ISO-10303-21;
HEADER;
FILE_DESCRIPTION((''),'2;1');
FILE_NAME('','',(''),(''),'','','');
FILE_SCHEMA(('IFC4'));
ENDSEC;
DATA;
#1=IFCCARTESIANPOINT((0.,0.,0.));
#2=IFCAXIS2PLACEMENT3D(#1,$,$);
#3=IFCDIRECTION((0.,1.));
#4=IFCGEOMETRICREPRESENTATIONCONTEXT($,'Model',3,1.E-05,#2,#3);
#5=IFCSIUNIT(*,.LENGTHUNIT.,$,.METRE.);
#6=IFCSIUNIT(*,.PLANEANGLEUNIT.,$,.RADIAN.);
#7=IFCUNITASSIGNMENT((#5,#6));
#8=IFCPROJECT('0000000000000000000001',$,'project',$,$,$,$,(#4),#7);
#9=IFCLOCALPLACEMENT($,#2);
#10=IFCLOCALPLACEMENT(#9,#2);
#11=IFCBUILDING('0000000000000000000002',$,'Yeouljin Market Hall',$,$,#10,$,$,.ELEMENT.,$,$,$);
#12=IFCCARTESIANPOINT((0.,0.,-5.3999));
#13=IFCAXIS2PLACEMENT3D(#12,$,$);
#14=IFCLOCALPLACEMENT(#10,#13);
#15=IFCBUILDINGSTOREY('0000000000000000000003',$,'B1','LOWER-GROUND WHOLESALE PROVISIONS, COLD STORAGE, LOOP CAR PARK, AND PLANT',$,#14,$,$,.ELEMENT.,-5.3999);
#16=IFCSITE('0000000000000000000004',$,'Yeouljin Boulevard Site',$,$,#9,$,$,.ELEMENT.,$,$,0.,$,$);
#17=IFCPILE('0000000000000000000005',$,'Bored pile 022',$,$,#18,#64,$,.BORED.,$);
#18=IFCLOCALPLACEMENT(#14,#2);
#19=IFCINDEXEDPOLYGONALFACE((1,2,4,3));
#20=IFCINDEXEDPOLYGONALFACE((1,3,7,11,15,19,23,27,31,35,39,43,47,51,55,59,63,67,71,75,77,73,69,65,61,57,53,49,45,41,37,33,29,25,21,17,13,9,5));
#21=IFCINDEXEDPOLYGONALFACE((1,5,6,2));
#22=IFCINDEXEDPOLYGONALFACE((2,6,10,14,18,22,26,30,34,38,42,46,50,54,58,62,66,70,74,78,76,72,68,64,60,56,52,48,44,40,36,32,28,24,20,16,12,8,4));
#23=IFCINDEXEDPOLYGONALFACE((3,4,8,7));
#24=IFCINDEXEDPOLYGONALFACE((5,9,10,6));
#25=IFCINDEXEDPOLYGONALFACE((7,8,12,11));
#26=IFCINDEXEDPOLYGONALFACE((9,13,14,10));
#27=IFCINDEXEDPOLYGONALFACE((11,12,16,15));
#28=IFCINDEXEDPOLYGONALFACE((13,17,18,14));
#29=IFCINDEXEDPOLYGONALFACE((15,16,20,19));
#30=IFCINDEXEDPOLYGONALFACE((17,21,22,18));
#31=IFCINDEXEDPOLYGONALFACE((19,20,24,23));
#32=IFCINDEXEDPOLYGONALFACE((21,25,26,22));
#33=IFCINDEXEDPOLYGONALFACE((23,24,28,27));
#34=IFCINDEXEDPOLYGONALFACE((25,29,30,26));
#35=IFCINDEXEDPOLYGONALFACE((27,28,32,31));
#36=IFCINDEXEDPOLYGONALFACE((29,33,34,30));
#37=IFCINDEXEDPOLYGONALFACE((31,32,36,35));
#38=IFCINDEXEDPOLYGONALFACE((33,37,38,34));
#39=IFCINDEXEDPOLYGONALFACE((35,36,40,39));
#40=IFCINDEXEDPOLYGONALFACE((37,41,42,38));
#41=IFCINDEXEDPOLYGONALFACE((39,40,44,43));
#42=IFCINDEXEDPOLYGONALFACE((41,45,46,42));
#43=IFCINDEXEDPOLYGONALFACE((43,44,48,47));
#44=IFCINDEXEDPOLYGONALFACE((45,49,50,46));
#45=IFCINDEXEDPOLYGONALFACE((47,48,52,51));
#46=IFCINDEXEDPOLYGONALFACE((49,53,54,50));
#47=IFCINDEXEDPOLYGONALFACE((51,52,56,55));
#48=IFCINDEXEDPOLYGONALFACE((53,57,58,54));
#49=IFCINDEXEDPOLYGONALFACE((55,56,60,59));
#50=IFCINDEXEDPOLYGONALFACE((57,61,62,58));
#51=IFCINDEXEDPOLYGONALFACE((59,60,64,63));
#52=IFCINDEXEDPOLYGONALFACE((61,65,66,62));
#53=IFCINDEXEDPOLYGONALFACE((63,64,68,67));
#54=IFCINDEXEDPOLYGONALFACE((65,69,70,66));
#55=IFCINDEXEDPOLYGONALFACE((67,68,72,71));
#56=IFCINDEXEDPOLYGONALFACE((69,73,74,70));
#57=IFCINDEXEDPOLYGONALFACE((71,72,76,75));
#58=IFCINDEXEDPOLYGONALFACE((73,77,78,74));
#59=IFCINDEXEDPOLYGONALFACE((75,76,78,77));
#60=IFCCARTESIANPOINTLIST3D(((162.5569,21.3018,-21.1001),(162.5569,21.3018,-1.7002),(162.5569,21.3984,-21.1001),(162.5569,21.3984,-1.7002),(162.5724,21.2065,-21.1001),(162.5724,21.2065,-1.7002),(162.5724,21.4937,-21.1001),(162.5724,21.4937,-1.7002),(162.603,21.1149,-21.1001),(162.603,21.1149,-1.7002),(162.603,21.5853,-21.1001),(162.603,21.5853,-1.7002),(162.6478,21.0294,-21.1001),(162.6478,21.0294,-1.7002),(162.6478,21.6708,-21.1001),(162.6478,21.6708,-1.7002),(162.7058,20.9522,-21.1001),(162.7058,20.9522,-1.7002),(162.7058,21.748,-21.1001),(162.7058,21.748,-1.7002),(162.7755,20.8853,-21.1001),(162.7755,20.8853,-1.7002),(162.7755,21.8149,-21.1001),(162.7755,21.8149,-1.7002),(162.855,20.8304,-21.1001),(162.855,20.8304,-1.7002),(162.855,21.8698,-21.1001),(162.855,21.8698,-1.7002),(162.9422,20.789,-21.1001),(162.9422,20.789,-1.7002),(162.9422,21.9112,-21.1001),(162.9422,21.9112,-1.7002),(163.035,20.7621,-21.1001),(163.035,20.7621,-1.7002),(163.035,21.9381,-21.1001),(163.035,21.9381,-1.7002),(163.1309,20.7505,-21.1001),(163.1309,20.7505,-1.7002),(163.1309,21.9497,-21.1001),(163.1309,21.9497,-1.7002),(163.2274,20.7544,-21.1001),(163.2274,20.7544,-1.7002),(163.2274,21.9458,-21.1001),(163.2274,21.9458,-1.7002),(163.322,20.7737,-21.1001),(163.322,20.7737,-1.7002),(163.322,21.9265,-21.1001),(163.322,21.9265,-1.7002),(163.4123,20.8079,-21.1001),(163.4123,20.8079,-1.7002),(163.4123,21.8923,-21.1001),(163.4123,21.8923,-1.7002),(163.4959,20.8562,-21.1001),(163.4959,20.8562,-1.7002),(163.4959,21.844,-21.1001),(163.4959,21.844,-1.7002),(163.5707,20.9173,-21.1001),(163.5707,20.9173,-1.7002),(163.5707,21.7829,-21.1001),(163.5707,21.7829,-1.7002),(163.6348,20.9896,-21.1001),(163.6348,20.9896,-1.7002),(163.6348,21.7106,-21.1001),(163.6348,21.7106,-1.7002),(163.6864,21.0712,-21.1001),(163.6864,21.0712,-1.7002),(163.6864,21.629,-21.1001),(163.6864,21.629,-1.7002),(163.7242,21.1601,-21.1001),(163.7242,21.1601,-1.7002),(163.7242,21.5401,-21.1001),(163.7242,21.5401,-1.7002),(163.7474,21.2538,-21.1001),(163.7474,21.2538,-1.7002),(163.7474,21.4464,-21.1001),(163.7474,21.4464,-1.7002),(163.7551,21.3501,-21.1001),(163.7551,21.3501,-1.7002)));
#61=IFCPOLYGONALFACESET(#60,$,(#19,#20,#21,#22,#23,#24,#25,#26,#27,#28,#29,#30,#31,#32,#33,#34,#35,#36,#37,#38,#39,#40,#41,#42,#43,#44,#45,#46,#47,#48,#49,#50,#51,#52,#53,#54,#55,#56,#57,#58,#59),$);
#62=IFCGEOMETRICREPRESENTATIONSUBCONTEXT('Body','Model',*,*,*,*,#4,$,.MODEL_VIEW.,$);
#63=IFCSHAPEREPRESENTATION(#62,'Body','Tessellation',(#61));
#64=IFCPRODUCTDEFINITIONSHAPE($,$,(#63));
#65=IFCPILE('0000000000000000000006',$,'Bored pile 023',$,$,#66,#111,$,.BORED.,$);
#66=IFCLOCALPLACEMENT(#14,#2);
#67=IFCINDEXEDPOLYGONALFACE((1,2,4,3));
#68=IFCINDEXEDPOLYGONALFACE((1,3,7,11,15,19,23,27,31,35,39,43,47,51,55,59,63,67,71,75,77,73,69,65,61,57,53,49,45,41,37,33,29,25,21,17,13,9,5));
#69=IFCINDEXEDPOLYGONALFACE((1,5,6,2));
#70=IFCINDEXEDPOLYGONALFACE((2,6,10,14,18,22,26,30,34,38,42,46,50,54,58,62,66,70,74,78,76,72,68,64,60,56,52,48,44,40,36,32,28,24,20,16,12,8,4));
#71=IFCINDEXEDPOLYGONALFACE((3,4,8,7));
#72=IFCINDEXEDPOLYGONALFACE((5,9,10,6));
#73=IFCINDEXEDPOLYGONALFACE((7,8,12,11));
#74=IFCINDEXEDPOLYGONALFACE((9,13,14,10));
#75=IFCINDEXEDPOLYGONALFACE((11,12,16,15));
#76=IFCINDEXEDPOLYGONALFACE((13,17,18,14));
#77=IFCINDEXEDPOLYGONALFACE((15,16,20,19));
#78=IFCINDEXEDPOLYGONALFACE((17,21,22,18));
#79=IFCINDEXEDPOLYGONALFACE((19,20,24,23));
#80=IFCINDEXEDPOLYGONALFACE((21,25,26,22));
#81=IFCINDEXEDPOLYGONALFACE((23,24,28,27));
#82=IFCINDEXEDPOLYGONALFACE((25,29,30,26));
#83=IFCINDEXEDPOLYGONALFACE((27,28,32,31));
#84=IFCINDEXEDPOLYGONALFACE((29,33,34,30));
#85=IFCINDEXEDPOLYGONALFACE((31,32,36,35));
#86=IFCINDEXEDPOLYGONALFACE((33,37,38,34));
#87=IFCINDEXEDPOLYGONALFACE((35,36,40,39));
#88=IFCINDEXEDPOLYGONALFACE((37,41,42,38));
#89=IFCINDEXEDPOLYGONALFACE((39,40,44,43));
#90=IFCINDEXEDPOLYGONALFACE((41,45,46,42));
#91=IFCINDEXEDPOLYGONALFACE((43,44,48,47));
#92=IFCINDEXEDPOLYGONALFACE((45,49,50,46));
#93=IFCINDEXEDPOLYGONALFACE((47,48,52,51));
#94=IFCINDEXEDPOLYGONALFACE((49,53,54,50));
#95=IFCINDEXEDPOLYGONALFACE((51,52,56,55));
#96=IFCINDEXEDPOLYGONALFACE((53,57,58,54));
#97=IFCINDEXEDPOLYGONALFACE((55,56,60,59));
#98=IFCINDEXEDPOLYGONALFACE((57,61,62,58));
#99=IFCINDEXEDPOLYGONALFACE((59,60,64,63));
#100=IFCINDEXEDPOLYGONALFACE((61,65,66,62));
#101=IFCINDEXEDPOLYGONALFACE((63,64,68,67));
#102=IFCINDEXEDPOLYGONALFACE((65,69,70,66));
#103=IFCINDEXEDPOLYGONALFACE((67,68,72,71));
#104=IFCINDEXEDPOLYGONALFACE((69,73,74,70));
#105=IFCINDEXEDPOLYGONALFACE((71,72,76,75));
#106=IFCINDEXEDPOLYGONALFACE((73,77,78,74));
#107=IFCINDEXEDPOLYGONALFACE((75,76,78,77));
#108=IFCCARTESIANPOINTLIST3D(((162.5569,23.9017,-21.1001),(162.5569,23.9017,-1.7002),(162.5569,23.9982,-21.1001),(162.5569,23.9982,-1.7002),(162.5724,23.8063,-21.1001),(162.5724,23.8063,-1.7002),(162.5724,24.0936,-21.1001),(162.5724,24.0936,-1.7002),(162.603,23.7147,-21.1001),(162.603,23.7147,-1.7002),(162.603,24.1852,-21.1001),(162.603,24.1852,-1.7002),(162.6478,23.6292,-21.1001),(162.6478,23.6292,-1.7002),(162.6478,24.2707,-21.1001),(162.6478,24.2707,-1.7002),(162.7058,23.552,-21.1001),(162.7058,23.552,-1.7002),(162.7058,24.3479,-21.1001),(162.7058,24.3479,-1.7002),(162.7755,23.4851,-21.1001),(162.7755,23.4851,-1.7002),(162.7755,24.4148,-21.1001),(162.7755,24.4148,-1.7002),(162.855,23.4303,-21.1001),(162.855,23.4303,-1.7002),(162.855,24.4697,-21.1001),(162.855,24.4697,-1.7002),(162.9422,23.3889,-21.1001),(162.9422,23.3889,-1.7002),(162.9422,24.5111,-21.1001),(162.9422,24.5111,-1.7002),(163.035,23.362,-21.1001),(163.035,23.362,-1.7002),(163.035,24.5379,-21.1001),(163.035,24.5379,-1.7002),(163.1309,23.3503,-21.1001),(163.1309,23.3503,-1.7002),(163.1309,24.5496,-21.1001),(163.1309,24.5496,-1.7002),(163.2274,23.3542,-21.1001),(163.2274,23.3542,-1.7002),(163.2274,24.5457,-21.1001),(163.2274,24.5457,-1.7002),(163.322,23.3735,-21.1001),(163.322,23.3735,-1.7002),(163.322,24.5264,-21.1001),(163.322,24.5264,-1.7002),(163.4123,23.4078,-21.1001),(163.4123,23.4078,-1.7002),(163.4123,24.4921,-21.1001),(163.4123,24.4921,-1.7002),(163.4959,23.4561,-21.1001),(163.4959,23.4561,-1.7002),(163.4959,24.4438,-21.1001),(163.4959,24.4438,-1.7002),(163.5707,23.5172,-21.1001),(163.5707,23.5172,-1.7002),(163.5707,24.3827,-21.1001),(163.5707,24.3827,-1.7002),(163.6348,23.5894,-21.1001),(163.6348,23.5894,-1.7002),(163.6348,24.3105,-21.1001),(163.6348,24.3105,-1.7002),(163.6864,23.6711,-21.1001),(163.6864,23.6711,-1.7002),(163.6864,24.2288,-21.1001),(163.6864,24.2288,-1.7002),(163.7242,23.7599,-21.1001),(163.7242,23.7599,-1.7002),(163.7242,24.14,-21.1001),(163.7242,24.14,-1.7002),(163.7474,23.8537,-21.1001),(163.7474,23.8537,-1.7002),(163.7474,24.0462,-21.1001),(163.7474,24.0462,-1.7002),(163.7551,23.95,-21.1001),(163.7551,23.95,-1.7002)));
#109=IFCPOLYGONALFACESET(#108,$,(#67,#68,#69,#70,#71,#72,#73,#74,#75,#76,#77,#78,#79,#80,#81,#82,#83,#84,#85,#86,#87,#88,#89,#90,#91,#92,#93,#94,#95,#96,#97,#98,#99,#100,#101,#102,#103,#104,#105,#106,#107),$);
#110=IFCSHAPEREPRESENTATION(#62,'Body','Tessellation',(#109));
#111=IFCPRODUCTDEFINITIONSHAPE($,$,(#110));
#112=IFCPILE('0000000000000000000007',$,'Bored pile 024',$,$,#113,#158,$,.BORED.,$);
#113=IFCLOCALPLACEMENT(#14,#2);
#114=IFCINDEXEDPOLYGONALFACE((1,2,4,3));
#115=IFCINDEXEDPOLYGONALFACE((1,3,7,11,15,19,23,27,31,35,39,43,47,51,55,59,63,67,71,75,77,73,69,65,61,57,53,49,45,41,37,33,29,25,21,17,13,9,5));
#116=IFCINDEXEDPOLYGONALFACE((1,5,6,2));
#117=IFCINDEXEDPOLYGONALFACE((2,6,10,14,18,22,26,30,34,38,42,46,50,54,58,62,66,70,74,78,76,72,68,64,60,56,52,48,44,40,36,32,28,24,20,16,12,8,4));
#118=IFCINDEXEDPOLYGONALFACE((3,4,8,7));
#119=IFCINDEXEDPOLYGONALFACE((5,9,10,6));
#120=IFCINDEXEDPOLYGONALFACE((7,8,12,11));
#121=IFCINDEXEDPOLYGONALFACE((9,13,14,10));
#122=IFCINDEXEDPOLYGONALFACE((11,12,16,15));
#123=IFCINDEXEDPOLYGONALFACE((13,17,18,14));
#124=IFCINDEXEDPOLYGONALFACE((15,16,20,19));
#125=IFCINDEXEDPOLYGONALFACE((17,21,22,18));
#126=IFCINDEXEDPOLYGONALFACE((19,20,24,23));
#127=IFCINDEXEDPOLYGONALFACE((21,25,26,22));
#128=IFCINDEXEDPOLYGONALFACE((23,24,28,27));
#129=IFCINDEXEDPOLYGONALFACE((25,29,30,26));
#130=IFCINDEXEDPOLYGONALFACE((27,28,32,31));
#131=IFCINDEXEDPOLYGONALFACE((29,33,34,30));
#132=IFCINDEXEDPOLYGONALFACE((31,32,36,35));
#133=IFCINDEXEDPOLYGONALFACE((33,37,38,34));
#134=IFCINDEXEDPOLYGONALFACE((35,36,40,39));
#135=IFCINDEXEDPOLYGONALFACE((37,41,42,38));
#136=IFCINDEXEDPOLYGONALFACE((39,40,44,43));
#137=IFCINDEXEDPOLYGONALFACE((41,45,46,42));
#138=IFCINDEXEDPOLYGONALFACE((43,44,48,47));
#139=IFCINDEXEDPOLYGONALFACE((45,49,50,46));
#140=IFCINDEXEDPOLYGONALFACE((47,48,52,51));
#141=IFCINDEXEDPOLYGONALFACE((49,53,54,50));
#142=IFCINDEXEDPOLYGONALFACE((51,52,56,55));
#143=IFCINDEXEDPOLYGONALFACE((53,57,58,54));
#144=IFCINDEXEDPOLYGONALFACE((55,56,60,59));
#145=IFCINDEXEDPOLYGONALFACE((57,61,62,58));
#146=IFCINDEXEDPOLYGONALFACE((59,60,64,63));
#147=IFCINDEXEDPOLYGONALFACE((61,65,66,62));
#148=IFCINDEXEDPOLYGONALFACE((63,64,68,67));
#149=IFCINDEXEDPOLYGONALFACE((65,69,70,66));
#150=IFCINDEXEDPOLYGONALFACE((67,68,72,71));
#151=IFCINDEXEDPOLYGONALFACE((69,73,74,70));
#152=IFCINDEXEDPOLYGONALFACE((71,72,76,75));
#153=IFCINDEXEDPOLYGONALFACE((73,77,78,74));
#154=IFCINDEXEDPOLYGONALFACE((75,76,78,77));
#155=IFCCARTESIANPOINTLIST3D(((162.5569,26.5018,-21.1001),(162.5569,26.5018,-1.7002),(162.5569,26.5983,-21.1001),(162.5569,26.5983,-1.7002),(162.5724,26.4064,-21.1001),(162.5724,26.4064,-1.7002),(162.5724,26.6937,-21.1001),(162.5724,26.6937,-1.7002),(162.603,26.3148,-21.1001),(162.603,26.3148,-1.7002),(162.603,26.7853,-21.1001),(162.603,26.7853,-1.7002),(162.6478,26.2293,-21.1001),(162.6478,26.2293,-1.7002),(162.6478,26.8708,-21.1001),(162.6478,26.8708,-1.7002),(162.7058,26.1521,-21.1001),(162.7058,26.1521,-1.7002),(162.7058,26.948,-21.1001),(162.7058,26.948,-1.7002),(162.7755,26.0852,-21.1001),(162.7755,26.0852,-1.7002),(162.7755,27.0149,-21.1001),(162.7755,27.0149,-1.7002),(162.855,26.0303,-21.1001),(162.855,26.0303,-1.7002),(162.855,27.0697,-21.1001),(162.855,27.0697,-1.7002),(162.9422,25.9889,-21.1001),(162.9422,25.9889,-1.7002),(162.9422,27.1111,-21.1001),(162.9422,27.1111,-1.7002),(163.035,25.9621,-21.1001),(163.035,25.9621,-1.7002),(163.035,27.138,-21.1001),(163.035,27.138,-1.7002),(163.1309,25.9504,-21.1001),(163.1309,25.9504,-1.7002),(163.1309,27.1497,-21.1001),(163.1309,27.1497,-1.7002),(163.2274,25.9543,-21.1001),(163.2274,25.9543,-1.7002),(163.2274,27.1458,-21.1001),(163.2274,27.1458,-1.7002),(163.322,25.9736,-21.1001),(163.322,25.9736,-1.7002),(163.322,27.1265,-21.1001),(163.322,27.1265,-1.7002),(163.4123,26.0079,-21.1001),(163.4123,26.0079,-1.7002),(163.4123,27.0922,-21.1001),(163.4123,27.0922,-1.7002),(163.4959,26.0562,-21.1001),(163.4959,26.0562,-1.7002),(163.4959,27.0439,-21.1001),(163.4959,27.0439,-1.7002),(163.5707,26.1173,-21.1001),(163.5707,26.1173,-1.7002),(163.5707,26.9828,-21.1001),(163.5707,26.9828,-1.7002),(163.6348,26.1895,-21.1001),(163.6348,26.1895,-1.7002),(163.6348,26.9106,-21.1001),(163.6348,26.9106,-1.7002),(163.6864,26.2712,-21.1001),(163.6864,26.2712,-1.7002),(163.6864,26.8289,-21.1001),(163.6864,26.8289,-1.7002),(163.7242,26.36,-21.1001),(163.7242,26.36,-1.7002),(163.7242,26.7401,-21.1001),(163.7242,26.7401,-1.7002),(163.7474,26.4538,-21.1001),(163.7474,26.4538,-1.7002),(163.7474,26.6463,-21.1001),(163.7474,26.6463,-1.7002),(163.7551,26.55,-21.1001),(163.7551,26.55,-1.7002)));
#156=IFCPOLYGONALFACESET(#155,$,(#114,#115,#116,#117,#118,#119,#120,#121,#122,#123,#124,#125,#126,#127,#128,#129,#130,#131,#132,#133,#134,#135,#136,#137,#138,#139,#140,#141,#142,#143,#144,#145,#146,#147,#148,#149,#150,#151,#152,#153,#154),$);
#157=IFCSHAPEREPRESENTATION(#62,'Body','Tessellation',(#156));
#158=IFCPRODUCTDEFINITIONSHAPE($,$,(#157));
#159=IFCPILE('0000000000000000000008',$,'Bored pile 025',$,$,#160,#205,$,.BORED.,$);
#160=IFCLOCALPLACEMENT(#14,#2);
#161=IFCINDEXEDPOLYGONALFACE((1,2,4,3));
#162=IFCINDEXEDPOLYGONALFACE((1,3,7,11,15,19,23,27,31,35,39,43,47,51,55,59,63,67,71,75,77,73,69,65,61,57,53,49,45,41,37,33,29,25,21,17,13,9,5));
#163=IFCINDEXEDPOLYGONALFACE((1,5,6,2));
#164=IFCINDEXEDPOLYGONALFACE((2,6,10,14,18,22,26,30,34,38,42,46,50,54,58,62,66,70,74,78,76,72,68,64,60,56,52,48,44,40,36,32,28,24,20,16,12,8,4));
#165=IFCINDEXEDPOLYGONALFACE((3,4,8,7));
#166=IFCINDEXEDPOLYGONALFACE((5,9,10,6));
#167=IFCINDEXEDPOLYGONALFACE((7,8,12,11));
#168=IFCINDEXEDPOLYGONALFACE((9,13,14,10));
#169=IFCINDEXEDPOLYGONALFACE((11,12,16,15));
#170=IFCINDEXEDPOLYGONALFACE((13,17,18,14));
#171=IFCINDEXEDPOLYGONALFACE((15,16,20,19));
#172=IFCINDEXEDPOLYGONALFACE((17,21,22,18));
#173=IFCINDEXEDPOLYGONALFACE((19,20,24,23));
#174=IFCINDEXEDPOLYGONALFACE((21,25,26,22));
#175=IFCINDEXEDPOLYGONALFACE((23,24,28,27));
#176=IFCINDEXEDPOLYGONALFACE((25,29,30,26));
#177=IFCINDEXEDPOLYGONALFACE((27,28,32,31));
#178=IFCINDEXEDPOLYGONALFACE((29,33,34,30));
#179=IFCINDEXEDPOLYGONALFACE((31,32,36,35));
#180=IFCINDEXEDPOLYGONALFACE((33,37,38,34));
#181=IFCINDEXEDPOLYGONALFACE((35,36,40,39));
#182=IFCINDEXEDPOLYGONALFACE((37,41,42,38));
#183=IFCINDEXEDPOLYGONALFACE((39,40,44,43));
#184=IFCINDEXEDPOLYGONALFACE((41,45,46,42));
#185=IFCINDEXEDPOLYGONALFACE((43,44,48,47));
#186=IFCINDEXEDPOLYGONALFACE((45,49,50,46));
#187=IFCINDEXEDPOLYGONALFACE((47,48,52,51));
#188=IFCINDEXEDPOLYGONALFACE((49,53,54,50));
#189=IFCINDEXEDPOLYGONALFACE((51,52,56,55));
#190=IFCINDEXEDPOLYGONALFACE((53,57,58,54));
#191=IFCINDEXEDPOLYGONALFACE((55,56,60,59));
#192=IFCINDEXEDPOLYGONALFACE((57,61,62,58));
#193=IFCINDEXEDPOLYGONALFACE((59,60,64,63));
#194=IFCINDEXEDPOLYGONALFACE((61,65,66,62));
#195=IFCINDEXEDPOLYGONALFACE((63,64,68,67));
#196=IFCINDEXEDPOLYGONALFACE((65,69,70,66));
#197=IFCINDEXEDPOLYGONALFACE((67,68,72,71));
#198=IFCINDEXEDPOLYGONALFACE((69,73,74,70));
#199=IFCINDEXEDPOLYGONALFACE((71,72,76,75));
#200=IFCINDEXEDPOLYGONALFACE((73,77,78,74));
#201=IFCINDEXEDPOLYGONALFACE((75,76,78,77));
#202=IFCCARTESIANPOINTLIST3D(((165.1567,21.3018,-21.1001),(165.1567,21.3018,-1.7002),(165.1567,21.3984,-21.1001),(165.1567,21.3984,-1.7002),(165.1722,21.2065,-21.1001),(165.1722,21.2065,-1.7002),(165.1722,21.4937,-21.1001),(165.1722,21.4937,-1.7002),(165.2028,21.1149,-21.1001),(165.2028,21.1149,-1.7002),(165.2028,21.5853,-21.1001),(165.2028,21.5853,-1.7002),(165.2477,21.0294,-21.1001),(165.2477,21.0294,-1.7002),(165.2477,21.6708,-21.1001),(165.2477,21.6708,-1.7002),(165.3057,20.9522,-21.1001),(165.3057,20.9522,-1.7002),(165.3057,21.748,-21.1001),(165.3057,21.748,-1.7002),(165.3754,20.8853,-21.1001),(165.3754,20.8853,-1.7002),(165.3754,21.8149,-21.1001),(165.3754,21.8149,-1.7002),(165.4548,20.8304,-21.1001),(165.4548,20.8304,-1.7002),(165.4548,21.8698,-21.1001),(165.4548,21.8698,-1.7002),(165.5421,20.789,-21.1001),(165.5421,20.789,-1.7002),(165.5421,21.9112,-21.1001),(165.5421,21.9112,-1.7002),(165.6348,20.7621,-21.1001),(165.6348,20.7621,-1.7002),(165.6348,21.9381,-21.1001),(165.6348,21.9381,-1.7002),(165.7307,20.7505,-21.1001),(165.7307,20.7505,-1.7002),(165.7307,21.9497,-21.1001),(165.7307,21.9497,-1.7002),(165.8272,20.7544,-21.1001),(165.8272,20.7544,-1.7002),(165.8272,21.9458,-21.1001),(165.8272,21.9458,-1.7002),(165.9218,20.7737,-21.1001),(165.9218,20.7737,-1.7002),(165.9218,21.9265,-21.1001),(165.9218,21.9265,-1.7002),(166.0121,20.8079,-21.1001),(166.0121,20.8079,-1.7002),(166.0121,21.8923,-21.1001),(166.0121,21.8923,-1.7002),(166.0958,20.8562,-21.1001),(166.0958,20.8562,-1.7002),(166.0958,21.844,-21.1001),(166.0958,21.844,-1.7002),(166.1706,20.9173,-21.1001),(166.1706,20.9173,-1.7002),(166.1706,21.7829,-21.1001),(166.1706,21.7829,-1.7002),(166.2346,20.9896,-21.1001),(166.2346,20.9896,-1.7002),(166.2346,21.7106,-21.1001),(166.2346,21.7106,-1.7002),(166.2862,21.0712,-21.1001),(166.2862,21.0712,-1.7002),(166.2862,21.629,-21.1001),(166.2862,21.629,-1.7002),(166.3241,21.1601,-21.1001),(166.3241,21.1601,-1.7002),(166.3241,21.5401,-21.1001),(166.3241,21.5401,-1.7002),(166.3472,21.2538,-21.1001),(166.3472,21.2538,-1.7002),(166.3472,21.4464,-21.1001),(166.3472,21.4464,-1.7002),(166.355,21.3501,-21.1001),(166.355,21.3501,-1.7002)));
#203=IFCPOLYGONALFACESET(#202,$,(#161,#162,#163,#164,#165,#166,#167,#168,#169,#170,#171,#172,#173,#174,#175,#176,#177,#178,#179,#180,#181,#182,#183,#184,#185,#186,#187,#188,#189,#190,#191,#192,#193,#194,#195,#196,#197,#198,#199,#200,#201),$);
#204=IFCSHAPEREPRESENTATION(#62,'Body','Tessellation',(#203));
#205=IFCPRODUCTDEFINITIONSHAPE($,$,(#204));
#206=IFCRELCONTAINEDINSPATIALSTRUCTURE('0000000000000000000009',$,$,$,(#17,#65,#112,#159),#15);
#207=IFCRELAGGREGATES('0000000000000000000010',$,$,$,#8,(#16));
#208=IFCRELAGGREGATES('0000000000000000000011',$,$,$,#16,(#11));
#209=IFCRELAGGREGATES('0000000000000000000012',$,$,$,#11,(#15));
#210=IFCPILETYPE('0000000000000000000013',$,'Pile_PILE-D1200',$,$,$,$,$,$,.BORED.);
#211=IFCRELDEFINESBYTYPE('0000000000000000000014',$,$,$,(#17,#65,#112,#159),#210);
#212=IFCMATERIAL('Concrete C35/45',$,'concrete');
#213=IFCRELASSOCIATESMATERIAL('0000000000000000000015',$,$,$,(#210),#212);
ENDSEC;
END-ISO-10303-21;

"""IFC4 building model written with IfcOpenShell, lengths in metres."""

from ifc_helpers import new_model, si_unit, direction, frame, origin, origin_2d, place, context, subcontext, project, spatial, circle, extrude, material, material_profile, profile_set, type_object, element, save


model = new_model("IFC4")

# Units and contexts
model_context = context("Model", 3, precision=1e-05, world=origin(), true_north=direction((0.0, 1.0)))
body_context = subcontext(model_context, "Body", "Model", "MODEL_VIEW")
ifc_project = project(units=[si_unit("LENGTHUNIT", "METRE"), si_unit("PLANEANGLEUNIT", "RADIAN")], contexts=[model_context])

# Site, building, storey
site_placement = place(None, origin())
site = spatial("IfcSite", under=ifc_project, at=site_placement, Name="Yeouljin Boulevard Site", CompositionType="ELEMENT", RefElevation=0.0)
building_placement = place(site_placement, origin())
building = spatial("IfcBuilding", under=site, at=building_placement, Name="Yeouljin Market Hall", CompositionType="ELEMENT")
storey_placement = place(building_placement, frame((0.0, 0.0, -5.3999)))
storey = spatial("IfcBuildingStorey", under=building, at=storey_placement, Name="B1", Description="LOWER-GROUND WHOLESALE PROVISIONS, COLD STORAGE, LOOP CAR PARK, AND PLANT", CompositionType="ELEMENT", Elevation=-5.3999)

# Piles
ifc_material_1 = material(Name="Concrete C35/45", Category="concrete")
ifc_material_profile_1 = material_profile(ifc_material_1, circle(Radius=0.6001, at=origin_2d()), Name="PILE-D1200")
ifc_profile_set_1 = profile_set([ifc_material_profile_1], Name="Concrete C35/45")
pile_type_1 = type_object("IfcPileType", Name="Pile_PILE-D1200", PredefinedType="BORED", material=ifc_profile_set_1)
for number, where, z_axis, x_axis, name in (
    (1, (163.155, 21.3501, -1.7002), (0.0, 0.0, -1.0), (1.0, 0.0, 0.0), "Bored pile 022"),
    (2, (163.155, 23.95, -1.7002), (0.0, 0.0, -1.0), (1.0, 0.0, 0.0), "Bored pile 023"),
    (3, (163.155, 26.55, -1.7002), (0.0, 0.0, -1.0), (1.0, 0.0, 0.0), "Bored pile 024"),
    (4, (165.7549, 21.3501, -1.7002), (0.0, 0.0, -1.0), (1.0, 0.0, 0.0), "Bored pile 025"),
):
    element("IfcPile", number, at=place(storey_placement, frame(where, z_axis=z_axis, x_axis=x_axis)), inside=storey, type_object=pile_type_1, Name=name, PredefinedType="BORED", context=body_context, shape_type="SweptSolid", body=[
        extrude(circle(Radius=0.6001, at=origin_2d()), origin(), (0.0, 0.0, 1.0), 19.3999),
    ])

save(model, "model.ifc")
